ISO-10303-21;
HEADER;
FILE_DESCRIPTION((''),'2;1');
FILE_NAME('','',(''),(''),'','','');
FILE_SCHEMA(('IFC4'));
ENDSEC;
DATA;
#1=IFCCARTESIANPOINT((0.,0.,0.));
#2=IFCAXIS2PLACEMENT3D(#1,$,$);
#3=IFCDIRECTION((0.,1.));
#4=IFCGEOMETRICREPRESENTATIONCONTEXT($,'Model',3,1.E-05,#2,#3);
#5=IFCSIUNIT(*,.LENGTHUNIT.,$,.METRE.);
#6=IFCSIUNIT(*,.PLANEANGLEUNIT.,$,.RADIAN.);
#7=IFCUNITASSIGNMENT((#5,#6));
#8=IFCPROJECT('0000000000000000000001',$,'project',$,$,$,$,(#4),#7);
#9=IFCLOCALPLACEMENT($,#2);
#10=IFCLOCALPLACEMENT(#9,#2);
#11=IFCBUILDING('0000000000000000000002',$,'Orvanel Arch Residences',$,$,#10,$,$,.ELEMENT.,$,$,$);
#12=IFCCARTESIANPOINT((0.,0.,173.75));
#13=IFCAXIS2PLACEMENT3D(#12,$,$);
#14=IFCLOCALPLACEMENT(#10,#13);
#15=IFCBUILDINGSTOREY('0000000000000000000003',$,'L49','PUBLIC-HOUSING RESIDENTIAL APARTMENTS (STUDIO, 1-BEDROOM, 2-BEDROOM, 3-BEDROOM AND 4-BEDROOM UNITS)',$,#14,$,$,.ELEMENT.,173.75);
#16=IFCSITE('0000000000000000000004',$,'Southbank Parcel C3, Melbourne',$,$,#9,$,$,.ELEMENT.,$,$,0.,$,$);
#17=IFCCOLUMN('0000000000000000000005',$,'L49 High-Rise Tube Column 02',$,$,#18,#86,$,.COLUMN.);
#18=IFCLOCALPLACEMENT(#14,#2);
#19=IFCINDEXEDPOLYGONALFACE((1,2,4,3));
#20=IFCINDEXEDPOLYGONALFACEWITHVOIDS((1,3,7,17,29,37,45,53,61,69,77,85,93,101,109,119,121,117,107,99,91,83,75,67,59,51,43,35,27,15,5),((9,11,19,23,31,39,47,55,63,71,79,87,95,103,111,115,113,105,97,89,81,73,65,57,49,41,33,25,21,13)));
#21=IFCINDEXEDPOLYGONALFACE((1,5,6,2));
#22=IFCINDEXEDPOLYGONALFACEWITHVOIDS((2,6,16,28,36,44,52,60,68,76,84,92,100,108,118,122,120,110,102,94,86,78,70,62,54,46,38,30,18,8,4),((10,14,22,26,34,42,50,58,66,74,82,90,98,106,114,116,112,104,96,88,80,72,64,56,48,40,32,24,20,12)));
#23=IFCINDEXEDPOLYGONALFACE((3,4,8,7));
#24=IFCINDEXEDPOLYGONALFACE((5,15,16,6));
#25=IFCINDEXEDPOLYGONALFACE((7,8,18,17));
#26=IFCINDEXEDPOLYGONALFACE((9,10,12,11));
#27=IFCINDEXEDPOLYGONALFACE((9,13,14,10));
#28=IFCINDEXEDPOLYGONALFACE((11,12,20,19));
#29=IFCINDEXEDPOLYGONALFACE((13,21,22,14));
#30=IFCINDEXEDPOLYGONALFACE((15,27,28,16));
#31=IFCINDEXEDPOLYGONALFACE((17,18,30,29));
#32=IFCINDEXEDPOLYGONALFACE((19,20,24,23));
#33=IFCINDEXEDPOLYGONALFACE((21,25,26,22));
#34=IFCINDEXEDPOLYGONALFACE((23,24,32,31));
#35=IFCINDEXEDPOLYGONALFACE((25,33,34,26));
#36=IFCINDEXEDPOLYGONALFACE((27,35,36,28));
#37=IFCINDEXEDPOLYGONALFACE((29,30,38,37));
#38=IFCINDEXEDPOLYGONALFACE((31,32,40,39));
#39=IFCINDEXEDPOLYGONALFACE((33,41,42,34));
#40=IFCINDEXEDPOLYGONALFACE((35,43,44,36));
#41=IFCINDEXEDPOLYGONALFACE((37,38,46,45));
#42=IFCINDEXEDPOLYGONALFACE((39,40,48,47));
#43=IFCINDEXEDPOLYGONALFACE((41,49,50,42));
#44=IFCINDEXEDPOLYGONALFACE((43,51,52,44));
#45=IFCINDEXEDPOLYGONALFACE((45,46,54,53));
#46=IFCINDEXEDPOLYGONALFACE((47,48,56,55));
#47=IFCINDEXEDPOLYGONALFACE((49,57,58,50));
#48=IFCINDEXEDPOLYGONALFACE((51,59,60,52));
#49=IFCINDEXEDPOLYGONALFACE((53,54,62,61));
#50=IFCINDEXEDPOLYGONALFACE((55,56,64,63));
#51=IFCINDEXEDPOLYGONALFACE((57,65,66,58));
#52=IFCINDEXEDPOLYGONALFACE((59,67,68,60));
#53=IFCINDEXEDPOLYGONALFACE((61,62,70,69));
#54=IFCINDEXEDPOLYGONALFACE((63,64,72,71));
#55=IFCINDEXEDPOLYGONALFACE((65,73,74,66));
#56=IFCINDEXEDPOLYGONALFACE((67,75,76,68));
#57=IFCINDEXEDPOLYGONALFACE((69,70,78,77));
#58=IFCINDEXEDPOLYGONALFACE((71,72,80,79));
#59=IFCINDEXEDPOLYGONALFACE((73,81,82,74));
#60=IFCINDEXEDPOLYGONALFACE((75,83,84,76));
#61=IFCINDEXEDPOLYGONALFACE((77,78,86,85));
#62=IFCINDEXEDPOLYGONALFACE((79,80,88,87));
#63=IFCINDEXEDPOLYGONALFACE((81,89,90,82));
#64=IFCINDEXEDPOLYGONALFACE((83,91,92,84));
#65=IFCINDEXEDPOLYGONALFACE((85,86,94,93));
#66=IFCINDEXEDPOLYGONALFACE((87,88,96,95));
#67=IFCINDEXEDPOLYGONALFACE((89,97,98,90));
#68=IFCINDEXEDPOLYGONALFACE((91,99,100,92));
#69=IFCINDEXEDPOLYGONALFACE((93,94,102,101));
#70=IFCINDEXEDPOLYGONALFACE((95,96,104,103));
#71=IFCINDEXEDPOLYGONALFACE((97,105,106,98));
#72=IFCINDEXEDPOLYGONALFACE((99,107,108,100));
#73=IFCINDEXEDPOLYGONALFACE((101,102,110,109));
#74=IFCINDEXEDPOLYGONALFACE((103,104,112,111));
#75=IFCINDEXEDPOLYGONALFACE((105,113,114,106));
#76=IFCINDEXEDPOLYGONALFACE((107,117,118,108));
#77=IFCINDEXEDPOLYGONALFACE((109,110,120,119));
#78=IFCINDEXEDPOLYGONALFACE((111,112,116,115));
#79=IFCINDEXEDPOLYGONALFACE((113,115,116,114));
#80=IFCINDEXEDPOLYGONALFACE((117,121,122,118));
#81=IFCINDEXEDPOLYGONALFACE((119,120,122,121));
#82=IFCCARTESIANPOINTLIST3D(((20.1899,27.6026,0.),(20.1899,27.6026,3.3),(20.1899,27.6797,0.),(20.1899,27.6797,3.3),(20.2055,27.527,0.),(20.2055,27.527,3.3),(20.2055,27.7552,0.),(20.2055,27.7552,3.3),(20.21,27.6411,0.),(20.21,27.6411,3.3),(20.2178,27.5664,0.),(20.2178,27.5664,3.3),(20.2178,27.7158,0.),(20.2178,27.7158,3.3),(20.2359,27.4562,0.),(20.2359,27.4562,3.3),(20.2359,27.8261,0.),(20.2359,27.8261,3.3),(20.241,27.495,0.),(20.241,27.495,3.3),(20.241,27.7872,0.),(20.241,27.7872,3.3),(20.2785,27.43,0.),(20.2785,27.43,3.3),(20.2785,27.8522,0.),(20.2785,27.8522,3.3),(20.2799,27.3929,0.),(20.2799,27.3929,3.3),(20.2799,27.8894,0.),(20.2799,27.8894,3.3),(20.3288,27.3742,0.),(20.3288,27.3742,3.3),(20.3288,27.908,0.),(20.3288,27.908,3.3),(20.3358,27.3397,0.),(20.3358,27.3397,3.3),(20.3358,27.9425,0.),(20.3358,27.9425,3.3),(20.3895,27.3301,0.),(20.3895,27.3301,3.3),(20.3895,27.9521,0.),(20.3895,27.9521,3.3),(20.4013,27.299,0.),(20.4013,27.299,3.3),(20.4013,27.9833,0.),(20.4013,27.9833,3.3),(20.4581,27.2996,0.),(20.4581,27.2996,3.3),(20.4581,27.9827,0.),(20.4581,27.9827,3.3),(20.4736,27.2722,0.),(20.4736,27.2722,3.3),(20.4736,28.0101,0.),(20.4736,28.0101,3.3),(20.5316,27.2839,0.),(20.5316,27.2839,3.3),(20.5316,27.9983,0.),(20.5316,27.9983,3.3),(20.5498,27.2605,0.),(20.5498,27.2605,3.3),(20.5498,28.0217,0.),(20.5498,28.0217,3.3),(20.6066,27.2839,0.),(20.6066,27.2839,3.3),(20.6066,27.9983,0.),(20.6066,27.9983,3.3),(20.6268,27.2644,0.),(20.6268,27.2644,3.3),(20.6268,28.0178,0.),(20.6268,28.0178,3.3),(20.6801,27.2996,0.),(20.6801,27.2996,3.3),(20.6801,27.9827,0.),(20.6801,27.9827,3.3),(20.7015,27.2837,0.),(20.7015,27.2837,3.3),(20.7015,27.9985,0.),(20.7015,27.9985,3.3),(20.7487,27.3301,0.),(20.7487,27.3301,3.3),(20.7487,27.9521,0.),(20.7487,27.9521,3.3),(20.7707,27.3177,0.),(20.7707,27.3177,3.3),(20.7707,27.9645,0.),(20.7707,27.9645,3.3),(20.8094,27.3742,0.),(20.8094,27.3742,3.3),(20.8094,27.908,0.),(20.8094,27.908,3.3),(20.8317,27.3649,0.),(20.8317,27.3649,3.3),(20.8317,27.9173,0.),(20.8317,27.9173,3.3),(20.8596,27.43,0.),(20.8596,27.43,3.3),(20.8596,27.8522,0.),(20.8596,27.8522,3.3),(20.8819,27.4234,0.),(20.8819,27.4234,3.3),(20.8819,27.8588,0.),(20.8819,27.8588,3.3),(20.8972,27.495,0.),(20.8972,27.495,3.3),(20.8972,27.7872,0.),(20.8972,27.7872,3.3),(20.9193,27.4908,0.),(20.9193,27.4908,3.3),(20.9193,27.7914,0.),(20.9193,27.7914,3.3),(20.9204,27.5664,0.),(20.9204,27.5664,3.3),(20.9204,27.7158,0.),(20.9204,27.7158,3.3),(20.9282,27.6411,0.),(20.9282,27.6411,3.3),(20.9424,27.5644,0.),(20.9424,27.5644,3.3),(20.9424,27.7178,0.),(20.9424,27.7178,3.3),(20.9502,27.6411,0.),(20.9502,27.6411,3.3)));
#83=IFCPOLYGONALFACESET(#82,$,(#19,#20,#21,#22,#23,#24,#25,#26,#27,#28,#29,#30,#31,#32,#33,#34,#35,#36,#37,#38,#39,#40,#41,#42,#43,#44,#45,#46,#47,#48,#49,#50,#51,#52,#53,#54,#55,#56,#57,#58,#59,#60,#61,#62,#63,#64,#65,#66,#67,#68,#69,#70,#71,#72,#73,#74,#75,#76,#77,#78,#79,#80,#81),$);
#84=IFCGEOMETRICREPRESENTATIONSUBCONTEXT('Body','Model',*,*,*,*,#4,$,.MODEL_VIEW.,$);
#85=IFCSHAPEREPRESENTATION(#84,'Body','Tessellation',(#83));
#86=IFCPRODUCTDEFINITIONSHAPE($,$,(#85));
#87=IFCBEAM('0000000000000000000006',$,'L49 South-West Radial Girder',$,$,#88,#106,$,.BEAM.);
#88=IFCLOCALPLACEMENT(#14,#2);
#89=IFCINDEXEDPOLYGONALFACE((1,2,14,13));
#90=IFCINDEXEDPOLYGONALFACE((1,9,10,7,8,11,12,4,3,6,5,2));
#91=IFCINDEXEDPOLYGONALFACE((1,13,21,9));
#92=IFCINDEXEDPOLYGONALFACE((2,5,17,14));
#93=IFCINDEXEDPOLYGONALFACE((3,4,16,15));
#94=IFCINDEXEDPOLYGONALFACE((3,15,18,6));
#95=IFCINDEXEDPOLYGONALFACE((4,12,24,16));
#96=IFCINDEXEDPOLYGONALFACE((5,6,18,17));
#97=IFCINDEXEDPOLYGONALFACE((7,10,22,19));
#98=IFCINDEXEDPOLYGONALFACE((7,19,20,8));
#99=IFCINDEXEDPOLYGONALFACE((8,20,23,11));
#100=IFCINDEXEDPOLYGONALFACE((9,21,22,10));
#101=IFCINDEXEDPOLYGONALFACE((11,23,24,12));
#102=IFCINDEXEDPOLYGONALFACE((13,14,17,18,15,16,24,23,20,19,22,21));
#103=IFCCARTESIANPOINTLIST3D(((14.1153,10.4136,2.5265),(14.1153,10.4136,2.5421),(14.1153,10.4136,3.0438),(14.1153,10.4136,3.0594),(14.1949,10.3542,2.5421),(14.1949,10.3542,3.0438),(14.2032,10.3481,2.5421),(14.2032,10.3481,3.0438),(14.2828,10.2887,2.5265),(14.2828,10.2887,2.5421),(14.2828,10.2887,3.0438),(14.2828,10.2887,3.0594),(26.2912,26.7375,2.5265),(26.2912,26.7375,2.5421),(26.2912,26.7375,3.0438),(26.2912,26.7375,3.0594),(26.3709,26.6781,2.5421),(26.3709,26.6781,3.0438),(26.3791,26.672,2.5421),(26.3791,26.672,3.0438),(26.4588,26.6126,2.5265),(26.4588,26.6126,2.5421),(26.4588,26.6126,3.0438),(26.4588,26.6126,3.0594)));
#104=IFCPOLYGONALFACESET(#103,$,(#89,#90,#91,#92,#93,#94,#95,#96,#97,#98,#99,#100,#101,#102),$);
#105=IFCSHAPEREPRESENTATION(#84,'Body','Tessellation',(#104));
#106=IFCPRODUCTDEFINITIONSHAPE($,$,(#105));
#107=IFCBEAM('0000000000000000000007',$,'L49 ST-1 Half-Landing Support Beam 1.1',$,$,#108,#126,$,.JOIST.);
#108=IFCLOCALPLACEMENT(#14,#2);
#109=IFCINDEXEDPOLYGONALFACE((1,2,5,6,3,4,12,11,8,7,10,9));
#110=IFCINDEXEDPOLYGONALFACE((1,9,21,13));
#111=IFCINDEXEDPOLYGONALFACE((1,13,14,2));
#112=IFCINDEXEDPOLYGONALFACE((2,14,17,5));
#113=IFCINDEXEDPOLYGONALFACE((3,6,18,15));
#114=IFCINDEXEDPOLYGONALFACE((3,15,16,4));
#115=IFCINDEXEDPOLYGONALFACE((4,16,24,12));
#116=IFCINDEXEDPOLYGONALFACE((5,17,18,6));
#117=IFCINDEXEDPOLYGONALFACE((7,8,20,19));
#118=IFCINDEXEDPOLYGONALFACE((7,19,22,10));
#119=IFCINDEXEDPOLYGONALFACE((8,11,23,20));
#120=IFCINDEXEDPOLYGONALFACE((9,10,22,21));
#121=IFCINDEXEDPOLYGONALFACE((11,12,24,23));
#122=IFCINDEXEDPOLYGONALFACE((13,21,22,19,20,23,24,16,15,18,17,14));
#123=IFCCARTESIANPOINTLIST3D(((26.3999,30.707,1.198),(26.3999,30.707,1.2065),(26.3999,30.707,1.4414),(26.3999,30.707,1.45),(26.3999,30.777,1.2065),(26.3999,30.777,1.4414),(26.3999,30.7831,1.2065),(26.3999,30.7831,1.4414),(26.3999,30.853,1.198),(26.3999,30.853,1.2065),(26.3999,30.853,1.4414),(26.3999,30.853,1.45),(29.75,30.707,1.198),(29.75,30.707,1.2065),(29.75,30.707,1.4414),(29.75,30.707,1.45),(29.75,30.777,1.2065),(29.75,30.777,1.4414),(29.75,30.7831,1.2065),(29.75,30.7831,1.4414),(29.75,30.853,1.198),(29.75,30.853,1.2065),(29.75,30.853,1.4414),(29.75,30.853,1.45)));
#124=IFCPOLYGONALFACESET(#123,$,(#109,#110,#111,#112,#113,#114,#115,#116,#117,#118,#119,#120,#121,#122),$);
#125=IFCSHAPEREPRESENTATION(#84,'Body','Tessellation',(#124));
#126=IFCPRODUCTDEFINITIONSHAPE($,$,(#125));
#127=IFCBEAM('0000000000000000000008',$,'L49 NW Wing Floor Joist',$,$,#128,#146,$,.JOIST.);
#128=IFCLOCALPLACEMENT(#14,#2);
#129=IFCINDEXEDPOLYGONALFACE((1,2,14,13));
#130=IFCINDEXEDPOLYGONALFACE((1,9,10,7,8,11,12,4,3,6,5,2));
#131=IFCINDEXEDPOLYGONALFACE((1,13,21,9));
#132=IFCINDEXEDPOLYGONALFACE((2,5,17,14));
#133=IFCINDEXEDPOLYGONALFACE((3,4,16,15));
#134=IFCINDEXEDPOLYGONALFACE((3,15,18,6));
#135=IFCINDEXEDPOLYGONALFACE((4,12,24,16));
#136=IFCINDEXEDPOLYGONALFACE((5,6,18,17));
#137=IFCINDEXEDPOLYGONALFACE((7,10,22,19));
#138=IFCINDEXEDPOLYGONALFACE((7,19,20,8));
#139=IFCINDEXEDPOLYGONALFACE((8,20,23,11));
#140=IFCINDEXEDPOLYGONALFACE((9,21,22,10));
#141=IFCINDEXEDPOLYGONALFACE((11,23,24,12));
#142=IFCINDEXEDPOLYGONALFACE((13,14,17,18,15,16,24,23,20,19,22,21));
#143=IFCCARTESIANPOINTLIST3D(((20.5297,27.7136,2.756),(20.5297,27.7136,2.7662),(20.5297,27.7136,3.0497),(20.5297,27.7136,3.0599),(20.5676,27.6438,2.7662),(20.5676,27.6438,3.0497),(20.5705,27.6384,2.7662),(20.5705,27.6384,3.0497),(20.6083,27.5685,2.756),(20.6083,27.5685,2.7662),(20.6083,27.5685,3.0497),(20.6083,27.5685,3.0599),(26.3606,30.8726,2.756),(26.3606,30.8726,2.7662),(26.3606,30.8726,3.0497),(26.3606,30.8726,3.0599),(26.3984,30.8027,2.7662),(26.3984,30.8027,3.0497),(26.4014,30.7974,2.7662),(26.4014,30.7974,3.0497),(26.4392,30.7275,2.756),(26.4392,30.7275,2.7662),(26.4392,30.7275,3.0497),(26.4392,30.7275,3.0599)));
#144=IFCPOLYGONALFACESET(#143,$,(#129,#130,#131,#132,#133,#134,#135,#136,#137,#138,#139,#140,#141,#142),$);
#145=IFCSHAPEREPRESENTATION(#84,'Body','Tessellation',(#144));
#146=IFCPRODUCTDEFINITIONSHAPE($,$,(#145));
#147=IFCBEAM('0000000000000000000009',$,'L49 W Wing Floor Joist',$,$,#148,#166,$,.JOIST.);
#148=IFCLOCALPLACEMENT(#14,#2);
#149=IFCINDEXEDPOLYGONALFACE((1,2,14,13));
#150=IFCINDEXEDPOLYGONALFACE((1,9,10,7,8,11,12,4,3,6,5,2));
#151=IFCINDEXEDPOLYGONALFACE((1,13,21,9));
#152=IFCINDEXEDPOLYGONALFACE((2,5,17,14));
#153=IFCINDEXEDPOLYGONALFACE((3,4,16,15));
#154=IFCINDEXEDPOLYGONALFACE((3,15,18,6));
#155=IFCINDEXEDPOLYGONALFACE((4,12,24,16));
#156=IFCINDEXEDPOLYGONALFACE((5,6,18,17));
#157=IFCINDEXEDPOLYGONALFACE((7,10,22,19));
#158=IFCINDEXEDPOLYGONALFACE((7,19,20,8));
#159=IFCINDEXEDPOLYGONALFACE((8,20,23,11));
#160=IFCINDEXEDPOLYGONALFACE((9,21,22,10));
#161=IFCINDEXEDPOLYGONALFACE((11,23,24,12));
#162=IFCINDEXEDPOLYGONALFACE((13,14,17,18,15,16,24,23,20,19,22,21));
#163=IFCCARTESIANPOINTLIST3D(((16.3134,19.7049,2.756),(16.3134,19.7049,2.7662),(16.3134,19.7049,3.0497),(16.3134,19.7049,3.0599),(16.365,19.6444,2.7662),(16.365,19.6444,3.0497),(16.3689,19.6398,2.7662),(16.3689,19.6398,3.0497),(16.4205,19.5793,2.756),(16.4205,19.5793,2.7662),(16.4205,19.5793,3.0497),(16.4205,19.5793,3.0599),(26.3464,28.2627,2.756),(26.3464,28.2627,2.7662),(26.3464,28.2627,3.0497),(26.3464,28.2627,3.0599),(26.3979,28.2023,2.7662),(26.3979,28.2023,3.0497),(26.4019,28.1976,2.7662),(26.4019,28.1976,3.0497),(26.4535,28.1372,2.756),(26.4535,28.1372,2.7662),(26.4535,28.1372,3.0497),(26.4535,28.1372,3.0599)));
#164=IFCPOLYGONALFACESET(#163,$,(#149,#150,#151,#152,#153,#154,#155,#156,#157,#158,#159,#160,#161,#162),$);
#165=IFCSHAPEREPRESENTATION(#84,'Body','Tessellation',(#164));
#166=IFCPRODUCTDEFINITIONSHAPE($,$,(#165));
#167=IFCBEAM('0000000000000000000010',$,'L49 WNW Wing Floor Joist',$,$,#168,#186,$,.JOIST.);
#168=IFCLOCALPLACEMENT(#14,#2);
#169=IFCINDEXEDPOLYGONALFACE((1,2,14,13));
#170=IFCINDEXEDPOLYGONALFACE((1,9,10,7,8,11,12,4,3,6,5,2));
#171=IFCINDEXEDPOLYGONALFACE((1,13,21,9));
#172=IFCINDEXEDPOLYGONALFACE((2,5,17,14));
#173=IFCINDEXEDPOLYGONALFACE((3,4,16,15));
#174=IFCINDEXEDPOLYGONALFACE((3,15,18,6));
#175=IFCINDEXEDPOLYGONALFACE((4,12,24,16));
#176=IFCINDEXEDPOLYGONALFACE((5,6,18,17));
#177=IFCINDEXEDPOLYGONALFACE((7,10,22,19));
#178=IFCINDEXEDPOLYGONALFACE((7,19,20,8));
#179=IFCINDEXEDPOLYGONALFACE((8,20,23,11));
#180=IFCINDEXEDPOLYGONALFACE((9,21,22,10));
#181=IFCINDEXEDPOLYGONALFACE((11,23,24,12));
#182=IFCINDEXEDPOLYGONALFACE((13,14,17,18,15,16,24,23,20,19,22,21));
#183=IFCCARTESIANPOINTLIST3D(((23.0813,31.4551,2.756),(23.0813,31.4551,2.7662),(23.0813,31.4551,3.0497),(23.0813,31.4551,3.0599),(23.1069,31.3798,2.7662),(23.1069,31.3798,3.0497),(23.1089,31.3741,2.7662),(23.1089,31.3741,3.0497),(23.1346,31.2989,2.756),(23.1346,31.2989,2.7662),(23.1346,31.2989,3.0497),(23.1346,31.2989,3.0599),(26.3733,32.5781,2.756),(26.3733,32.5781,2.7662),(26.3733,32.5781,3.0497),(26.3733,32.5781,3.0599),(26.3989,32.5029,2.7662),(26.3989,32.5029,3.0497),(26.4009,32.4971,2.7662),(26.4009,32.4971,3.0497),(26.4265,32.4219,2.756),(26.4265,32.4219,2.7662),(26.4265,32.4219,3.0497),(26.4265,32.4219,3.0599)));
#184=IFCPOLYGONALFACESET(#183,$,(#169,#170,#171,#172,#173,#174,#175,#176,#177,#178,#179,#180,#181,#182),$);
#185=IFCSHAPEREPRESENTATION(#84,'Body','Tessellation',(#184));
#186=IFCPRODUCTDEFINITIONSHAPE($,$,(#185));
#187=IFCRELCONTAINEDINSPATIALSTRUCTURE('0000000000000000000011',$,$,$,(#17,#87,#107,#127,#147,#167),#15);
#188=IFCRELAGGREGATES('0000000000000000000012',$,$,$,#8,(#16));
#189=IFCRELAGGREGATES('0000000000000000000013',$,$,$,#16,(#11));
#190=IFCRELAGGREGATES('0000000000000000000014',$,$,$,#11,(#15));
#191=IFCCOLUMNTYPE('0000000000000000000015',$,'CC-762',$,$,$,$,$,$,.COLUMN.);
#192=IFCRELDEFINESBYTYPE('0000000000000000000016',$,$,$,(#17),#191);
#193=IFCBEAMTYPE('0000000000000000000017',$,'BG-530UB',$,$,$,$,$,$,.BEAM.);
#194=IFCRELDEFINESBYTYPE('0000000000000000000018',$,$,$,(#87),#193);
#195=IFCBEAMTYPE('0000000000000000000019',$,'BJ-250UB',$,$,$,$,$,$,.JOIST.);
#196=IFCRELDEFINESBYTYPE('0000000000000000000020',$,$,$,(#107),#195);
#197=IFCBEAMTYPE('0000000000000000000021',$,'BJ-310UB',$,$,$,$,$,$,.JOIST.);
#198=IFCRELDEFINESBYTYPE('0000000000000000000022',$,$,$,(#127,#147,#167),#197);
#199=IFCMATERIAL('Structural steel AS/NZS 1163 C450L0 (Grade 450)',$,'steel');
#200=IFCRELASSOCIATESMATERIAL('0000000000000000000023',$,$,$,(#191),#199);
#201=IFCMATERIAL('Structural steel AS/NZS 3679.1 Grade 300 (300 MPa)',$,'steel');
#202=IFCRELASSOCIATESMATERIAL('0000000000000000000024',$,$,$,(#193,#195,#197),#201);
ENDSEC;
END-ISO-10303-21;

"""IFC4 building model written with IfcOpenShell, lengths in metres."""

from ifc_helpers import new_model, si_unit, direction, frame, origin, origin_2d, place, context, subcontext, project, spatial, hollow_circle, i_section, extrude, material, material_profile, profile_set, type_object, element, save


model = new_model("IFC4")

# Units and contexts
model_context = context("Model", 3, precision=1e-05, world=origin(), true_north=direction((0.0, 1.0)))
body_context = subcontext(model_context, "Body", "Model", "MODEL_VIEW")
ifc_project = project(units=[si_unit("LENGTHUNIT", "METRE"), si_unit("PLANEANGLEUNIT", "RADIAN")], contexts=[model_context])

# Site, building, storey
site_placement = place(None, origin())
site = spatial("IfcSite", under=ifc_project, at=site_placement, Name="Southbank Parcel C3, Melbourne", CompositionType="ELEMENT", RefElevation=0.0)
building_placement = place(site_placement, origin())
building = spatial("IfcBuilding", under=site, at=building_placement, Name="Orvanel Arch Residences", CompositionType="ELEMENT")
storey_placement = place(building_placement, frame((0.0, 0.0, 173.75)))
storey = spatial("IfcBuildingStorey", under=building, at=storey_placement, Name="L49", Description="PUBLIC-HOUSING RESIDENTIAL APARTMENTS (STUDIO, 1-BEDROOM, 2-BEDROOM, 3-BEDROOM AND 4-BEDROOM UNITS)", CompositionType="ELEMENT", Elevation=173.75)

# Column
ifc_material_1 = material(Name="Structural steel AS/NZS 1163 C450L0 (Grade 450)", Category="steel")
ifc_material_profile_1 = material_profile(ifc_material_1, hollow_circle(Radius=0.3811, WallThickness=0.022, at=origin_2d()), Name="CHS762x22")
ifc_profile_set_1 = profile_set([ifc_material_profile_1], Name="Structural steel AS/NZS 1163 C450L0 (Grade 450)")
column_type = type_object("IfcColumnType", Name="CC-762", PredefinedType="COLUMN", material=ifc_profile_set_1)
column_placement = place(storey_placement, frame((20.5691, 27.6411, 0.0), z_axis=(0.0, 0.0, 1.0), x_axis=(1.0, 0.0, 0.0)))
element("IfcColumn", 1, at=column_placement, inside=storey, type_object=column_type, Name="L49 High-Rise Tube Column 02", PredefinedType="COLUMN", context=body_context, shape_type="SweptSolid", body=[
    extrude(hollow_circle(Radius=0.3811, WallThickness=0.022, at=origin_2d()), origin(), (0.0, 0.0, 1.0), 3.3),
])

# Beams
ifc_material_2 = material(Name="Structural steel AS/NZS 3679.1 Grade 300 (300 MPa)", Category="steel")
ifc_material_profile_2 = material_profile(ifc_material_2, i_section(OverallWidth=0.209, OverallDepth=0.533, WebThickness=0.0103, FlangeThickness=0.0156, at=origin_2d()), Name="530UB92.4")
ifc_profile_set_2 = profile_set([ifc_material_profile_2], Name="Structural steel AS/NZS 3679.1 Grade 300 (300 MPa)")
beam_type_1 = type_object("IfcBeamType", Name="BG-530UB", PredefinedType="BEAM", material=ifc_profile_set_2)
beam_1_placement = place(storey_placement, frame((26.375, 26.675, 2.793), z_axis=(-0.597894, -0.801575, 0.0), x_axis=(0.801575, -0.597894, 0.0)))
element("IfcBeam", 2, at=beam_1_placement, inside=storey, type_object=beam_type_1, Name="L49 South-West Radial Girder", PredefinedType="BEAM", context=body_context, shape_type="SweptSolid", body=[
    extrude(i_section(OverallWidth=0.209, OverallDepth=0.533, WebThickness=0.0103, FlangeThickness=0.0156, at=origin_2d()), origin(), (0.0, 0.0, 1.0), 20.3647),
])
ifc_material_profile_3 = material_profile(ifc_material_2, i_section(OverallWidth=0.146, OverallDepth=0.252, WebThickness=0.0061, FlangeThickness=0.0085, at=origin_2d()), Name="250UB31.4")
ifc_profile_set_3 = profile_set([ifc_material_profile_3], Name="Structural steel AS/NZS 3679.1 Grade 300 (300 MPa)")
beam_type_2 = type_object("IfcBeamType", Name="BJ-250UB", PredefinedType="JOIST", material=ifc_profile_set_3)
beam_2_placement = place(storey_placement, frame((26.3999, 30.78, 1.324), z_axis=(1.0, 0.0, 0.0), x_axis=(0.0, 1.0, 0.0)))
element("IfcBeam", 3, at=beam_2_placement, inside=storey, type_object=beam_type_2, Name="L49 ST-1 Half-Landing Support Beam 1.1", PredefinedType="JOIST", context=body_context, shape_type="SweptSolid", body=[
    extrude(i_section(OverallWidth=0.146, OverallDepth=0.252, WebThickness=0.0061, FlangeThickness=0.0085, at=origin_2d()), origin(), (0.0, 0.0, 1.0), 3.3501),
])
ifc_material_profile_4 = material_profile(ifc_material_2, i_section(OverallWidth=0.165, OverallDepth=0.304, WebThickness=0.0061, FlangeThickness=0.0103, at=origin_2d()), Name="310UB40.4")
ifc_profile_set_4 = profile_set([ifc_material_profile_4], Name="Structural steel AS/NZS 3679.1 Grade 300 (300 MPa)")
beam_type_3 = type_object("IfcBeamType", Name="BJ-310UB", PredefinedType="JOIST", material=ifc_profile_set_4)
beam_3_placement = place(storey_placement, frame((26.3999, 30.8, 2.908), z_axis=(-0.879255, -0.476351, 0.0), x_axis=(0.476351, -0.879255, 0.0)))
element("IfcBeam", 4, at=beam_3_placement, inside=storey, type_object=beam_type_3, Name="L49 NW Wing Floor Joist", PredefinedType="JOIST", context=body_context, shape_type="SweptSolid", body=[
    extrude(i_section(OverallWidth=0.165, OverallDepth=0.304, WebThickness=0.0061, FlangeThickness=0.0103, at=origin_2d()), origin(), (0.0, 0.0, 1.0), 6.6316),
])
beam_4_placement = place(storey_placement, frame((26.3999, 28.2, 2.908), z_axis=(-0.760821, -0.648961, 0.0), x_axis=(0.648961, -0.760821, 0.0)))
element("IfcBeam", 5, at=beam_4_placement, inside=storey, type_object=beam_type_3, Name="L49 W Wing Floor Joist", PredefinedType="JOIST", context=body_context, shape_type="SweptSolid", body=[
    extrude(i_section(OverallWidth=0.165, OverallDepth=0.304, WebThickness=0.0061, FlangeThickness=0.0103, at=origin_2d()), origin(), (0.0, 0.0, 1.0), 13.187),
])
beam_5_placement = place(storey_placement, frame((26.3999, 32.5, 2.908), z_axis=(-0.946442, -0.322874, 0.0), x_axis=(0.322874, -0.946442, 0.0)))
element("IfcBeam", 6, at=beam_5_placement, inside=storey, type_object=beam_type_3, Name="L49 WNW Wing Floor Joist", PredefinedType="JOIST", context=body_context, shape_type="SweptSolid", body=[
    extrude(i_section(OverallWidth=0.165, OverallDepth=0.304, WebThickness=0.0061, FlangeThickness=0.0103, at=origin_2d()), origin(), (0.0, 0.0, 1.0), 3.4783),
])

save(model, "model.ifc")
